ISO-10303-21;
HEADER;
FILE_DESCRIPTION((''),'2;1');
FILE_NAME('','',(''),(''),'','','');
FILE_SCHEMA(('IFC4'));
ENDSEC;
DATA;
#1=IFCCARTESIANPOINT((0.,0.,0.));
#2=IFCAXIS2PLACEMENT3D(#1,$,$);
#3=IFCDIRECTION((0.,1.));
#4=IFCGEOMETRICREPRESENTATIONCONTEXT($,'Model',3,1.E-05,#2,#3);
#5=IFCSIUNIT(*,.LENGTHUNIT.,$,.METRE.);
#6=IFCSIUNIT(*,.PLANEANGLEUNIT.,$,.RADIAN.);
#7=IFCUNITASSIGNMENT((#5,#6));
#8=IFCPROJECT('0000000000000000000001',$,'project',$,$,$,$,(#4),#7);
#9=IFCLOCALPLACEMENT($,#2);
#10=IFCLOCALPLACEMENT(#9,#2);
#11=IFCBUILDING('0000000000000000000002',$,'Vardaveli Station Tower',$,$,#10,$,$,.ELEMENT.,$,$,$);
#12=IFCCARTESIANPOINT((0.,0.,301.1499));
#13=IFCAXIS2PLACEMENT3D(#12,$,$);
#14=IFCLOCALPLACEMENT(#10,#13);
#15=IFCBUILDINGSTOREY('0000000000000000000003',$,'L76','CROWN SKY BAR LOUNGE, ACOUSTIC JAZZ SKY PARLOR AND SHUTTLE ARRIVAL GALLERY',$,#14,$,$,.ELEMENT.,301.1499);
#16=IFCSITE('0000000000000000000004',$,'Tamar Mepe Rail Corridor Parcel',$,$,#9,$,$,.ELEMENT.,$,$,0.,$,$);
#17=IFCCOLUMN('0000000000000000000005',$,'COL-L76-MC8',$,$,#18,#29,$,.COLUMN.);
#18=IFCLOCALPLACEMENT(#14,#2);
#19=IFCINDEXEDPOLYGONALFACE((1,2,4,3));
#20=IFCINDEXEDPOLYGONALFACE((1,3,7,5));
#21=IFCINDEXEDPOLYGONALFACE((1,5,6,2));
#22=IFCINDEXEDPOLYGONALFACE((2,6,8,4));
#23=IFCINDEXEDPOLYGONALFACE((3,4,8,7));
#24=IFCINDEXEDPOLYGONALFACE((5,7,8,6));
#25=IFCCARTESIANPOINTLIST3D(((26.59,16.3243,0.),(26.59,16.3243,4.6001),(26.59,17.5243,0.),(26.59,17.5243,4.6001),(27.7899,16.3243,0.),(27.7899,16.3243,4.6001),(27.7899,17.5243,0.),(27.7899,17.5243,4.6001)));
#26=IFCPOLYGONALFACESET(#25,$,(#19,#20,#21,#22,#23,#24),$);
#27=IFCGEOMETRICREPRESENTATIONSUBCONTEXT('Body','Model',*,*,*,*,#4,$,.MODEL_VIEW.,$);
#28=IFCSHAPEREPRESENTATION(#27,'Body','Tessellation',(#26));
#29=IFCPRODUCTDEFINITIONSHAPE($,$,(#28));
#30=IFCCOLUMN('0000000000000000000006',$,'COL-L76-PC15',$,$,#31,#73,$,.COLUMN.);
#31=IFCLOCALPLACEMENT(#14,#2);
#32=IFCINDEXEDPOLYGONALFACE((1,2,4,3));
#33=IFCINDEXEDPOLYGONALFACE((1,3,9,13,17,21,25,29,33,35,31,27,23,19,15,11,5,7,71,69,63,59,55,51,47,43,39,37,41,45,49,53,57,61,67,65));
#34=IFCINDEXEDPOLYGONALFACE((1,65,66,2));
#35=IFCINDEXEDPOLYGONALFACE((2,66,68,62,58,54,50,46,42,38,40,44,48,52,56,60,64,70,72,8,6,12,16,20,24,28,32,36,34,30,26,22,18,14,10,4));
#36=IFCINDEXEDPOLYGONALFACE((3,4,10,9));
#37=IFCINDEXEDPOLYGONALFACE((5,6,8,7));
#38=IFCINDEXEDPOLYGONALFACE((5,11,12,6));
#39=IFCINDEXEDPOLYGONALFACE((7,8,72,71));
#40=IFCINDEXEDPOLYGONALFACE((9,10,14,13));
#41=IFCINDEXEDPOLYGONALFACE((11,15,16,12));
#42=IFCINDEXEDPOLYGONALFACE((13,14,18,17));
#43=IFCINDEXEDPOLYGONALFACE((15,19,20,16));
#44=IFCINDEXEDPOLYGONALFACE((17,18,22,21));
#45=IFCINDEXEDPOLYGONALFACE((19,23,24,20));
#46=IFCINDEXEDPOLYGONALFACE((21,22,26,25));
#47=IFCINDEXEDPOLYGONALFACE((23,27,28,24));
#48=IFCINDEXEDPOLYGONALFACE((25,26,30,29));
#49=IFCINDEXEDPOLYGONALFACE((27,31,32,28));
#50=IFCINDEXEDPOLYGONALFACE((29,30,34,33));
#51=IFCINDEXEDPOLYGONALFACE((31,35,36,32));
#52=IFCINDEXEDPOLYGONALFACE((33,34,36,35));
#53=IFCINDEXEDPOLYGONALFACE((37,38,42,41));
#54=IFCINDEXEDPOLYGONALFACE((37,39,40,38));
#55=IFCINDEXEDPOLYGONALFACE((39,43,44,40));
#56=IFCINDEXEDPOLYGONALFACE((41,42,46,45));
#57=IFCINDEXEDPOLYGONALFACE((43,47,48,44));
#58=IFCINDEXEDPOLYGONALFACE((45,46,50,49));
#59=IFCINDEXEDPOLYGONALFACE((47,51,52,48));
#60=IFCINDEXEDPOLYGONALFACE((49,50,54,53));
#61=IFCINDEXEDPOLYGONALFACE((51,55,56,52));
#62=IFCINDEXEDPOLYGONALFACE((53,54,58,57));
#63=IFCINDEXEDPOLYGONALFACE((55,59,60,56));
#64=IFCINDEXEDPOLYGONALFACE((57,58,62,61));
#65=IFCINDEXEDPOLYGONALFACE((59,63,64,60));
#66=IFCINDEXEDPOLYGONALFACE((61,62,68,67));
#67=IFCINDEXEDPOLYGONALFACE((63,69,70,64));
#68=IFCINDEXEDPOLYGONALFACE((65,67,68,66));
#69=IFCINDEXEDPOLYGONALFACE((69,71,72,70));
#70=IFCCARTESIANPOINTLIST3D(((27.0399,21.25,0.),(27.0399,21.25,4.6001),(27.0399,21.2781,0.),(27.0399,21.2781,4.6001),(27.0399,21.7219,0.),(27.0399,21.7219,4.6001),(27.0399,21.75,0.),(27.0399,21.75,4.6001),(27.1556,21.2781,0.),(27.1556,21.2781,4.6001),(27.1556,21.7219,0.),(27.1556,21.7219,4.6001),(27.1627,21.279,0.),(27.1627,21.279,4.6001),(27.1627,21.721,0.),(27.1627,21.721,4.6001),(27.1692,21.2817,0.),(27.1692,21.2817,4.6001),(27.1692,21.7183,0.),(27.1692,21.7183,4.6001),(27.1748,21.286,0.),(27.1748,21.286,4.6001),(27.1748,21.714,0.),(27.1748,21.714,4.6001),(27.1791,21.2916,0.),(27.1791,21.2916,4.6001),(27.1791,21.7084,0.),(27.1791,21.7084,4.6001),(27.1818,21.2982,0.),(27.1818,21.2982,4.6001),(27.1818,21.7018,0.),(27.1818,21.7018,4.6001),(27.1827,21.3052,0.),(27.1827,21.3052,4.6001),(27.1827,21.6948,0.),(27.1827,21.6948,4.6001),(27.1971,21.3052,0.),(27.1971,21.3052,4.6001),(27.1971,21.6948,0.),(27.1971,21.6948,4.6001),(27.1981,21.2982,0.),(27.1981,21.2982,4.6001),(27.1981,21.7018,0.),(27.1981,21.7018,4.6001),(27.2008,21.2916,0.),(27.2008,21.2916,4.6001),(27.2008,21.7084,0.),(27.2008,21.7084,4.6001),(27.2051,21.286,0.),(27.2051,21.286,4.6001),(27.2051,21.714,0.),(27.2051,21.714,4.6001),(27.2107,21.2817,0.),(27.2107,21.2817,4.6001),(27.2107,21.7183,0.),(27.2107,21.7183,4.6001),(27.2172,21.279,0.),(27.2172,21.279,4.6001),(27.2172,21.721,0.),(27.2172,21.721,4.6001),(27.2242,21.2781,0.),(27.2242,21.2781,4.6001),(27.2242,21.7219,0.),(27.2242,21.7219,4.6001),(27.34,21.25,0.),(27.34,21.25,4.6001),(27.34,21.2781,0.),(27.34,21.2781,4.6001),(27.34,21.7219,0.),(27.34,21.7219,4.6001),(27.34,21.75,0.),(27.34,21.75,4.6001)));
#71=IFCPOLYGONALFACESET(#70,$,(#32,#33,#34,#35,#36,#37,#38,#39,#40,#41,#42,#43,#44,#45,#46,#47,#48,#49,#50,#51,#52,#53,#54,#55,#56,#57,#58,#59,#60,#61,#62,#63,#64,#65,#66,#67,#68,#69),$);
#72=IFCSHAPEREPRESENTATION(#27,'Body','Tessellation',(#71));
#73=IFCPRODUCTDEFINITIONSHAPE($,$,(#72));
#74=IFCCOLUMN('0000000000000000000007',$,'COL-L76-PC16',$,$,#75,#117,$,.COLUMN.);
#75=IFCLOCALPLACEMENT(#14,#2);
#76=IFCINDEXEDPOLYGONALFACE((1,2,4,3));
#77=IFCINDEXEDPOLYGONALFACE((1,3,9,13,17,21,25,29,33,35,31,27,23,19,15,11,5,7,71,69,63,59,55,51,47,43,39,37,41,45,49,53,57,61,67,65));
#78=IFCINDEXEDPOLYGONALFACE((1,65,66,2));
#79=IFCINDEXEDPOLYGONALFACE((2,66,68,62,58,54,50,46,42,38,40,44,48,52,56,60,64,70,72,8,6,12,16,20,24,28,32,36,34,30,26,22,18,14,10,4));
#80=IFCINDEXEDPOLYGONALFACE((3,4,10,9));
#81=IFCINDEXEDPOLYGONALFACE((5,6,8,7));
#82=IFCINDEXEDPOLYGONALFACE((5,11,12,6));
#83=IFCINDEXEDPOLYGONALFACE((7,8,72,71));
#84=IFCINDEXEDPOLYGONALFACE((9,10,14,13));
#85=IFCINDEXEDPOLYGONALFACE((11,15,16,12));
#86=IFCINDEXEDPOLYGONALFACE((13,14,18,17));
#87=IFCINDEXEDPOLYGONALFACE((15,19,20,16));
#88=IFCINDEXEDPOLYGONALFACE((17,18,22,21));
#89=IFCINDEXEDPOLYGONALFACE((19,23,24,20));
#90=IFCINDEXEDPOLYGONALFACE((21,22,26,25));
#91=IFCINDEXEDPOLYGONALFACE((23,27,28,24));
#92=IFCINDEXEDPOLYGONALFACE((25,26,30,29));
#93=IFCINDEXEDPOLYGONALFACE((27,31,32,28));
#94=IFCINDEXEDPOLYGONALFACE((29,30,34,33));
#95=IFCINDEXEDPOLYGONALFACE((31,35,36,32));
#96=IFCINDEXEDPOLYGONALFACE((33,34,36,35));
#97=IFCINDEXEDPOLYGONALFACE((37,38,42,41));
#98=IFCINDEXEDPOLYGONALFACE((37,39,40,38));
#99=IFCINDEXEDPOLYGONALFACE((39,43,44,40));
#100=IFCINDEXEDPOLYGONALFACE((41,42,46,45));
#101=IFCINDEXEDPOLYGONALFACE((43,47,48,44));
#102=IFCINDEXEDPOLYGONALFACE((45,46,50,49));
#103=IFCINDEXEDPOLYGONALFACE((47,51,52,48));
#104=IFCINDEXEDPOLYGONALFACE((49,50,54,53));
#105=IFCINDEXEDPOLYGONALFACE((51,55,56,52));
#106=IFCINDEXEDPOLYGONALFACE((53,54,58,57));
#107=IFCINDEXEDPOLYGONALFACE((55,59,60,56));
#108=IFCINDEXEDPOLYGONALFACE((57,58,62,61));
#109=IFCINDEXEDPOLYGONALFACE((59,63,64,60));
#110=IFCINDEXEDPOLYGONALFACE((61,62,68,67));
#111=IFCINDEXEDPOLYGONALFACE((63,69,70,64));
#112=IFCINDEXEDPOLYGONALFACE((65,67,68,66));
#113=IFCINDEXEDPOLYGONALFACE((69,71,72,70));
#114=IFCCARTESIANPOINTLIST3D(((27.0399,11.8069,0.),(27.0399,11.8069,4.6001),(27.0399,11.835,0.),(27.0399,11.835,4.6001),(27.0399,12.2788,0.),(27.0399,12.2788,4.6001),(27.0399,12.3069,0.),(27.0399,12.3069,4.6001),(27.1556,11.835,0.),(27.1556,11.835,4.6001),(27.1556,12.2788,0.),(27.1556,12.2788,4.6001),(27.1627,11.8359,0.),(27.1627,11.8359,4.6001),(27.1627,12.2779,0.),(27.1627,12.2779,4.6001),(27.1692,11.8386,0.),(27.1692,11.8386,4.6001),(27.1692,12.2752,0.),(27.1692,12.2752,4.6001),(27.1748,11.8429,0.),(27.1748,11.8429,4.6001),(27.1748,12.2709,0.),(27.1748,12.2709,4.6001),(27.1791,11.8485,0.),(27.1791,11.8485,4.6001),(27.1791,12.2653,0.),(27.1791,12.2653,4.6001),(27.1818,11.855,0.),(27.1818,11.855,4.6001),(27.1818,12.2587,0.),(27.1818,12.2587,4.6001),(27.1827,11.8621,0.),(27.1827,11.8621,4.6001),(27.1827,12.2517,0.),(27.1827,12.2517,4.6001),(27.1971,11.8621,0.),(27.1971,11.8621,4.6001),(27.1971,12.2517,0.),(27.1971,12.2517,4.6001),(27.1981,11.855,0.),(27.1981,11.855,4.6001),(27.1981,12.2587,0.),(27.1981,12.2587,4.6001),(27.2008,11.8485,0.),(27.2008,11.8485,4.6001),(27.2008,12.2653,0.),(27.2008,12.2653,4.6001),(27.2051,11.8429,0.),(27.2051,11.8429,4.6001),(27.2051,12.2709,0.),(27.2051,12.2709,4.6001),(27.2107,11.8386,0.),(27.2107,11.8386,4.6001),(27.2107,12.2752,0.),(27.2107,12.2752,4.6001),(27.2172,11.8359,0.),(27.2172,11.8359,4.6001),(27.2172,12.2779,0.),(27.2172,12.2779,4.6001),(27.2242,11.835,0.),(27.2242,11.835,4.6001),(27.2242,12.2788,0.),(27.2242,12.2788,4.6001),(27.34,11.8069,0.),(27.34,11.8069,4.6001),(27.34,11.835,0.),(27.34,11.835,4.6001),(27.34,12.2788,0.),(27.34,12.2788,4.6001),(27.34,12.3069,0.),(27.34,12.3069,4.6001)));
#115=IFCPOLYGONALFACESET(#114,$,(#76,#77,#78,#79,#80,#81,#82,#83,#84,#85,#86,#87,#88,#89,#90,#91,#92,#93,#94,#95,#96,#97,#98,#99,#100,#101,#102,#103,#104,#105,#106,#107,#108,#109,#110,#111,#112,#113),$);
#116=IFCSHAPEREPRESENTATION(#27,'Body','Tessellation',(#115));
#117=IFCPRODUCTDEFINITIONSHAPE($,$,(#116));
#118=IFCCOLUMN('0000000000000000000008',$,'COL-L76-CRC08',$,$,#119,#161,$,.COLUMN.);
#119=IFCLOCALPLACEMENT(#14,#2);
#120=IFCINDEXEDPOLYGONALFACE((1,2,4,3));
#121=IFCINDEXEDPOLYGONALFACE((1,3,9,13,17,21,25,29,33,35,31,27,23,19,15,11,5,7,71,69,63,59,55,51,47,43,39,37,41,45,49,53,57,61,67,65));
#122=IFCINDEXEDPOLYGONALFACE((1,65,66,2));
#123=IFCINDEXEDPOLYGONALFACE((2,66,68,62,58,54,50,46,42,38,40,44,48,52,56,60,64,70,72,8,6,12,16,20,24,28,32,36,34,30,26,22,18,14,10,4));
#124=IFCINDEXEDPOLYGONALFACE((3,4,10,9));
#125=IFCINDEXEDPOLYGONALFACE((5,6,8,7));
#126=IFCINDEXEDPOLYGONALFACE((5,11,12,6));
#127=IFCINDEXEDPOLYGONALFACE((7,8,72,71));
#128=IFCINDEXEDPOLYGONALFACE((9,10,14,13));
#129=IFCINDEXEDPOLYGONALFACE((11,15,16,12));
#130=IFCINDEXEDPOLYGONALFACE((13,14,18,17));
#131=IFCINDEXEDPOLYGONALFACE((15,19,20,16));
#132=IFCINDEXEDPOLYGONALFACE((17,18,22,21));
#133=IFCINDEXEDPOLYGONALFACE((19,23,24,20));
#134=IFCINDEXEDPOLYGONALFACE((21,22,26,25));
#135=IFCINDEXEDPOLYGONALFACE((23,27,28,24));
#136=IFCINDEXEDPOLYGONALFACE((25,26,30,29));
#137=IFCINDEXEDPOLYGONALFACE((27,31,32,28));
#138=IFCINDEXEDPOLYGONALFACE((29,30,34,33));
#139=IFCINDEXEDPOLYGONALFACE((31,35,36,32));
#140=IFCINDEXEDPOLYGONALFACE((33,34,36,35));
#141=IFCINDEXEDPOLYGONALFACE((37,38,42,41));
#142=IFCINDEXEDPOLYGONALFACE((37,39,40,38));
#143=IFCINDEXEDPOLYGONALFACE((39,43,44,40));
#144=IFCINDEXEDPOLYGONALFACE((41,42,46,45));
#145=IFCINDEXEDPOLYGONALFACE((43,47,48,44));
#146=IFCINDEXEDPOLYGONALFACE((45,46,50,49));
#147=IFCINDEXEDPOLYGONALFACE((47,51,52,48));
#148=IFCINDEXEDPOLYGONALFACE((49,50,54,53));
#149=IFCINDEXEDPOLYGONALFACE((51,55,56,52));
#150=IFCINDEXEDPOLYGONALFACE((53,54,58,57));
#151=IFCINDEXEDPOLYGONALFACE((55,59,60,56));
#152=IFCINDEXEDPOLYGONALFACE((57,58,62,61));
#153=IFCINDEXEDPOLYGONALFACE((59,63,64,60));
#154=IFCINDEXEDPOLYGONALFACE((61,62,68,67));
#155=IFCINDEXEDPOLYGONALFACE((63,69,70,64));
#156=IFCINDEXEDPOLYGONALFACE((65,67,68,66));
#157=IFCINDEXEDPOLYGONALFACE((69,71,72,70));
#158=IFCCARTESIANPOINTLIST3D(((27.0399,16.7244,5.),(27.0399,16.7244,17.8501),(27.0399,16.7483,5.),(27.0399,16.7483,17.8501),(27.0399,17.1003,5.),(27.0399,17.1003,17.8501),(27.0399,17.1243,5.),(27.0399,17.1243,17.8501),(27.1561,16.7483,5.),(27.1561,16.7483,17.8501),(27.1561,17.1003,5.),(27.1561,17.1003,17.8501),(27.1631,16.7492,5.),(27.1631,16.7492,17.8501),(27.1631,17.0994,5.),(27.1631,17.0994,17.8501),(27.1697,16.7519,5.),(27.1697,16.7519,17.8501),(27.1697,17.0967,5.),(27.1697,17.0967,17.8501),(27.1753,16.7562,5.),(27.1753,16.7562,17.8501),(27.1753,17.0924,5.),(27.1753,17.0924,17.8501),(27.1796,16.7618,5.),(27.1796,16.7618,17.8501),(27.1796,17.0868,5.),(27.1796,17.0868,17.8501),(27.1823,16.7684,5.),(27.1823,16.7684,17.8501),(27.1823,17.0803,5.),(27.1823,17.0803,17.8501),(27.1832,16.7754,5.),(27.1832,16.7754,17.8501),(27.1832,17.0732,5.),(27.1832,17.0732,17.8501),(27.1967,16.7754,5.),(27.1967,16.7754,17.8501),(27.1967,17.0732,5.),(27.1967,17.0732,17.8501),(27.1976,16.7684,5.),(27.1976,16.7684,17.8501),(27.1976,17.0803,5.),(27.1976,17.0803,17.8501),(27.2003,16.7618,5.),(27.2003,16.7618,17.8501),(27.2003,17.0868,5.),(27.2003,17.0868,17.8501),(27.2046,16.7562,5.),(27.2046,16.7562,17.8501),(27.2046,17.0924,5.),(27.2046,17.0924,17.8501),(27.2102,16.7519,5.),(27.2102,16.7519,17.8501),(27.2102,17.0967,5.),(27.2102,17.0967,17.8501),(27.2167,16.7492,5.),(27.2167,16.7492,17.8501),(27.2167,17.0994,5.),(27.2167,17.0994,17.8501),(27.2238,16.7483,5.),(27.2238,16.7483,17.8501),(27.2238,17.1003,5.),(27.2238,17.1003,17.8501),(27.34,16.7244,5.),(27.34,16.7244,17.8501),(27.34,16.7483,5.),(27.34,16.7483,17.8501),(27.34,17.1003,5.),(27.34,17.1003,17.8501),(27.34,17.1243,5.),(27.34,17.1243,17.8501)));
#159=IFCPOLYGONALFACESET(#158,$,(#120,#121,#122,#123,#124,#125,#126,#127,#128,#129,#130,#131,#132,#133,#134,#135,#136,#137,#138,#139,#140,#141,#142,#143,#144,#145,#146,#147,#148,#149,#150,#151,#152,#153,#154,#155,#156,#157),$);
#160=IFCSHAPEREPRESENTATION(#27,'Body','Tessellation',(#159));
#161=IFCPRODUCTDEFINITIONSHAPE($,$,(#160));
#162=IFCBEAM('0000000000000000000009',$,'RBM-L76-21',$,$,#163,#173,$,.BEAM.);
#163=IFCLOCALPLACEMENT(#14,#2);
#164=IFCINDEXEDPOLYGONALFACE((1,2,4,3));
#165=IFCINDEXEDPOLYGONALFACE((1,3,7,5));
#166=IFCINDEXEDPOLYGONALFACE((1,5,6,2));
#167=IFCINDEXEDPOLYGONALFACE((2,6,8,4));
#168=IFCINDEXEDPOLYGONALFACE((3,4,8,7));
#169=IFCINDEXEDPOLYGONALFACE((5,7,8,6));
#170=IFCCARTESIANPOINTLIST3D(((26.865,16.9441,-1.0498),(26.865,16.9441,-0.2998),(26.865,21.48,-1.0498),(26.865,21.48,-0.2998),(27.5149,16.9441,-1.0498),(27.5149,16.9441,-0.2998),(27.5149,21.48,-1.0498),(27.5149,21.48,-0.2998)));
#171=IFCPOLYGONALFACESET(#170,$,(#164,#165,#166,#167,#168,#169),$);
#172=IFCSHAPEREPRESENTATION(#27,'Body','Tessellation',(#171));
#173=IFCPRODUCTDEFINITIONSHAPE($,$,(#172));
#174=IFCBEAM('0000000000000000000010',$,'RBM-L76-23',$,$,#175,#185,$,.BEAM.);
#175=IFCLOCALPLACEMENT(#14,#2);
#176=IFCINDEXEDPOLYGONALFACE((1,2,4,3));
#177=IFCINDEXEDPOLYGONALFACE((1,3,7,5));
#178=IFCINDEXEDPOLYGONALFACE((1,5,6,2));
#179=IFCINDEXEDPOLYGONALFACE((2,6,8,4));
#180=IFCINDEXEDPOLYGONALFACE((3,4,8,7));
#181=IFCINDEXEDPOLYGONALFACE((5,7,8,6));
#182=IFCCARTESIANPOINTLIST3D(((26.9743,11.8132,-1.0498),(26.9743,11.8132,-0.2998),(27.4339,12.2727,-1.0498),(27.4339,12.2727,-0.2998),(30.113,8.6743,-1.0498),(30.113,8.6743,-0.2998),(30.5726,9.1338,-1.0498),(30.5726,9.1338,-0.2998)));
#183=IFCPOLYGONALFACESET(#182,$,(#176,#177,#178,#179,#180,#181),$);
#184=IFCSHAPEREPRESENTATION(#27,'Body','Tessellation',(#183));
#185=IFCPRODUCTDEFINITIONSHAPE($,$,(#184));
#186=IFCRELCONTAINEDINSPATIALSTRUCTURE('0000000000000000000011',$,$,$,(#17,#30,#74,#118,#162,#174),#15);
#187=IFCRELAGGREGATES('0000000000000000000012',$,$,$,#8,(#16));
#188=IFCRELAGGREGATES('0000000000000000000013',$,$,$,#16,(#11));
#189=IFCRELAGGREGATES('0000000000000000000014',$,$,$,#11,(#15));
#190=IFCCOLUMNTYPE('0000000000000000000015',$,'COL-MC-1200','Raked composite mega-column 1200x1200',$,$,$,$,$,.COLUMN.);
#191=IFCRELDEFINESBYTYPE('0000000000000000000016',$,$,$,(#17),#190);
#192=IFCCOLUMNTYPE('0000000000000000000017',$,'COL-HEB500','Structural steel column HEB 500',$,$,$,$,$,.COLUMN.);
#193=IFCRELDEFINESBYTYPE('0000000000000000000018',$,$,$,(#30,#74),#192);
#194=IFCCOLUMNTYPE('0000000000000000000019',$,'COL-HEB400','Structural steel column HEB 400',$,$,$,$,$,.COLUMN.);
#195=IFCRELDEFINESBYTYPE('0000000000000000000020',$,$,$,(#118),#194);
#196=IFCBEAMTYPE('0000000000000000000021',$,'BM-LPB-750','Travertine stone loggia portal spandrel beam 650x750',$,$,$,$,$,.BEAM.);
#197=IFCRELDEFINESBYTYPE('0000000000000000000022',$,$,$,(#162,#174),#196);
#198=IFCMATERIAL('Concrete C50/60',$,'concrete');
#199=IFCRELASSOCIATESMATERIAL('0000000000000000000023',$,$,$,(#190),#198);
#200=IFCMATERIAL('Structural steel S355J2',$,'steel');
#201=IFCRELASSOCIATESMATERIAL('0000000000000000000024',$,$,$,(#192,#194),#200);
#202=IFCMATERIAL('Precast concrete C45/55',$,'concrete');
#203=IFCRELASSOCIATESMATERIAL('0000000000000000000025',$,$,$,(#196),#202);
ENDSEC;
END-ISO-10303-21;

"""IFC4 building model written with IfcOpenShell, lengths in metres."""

from ifc_helpers import new_model, si_unit, direction, frame, origin, origin_2d, place, context, subcontext, project, spatial, rectangle, i_section, extrude, source, transform, mapped, material, material_profile, profile_set, type_object, element, save


model = new_model("IFC4")

# Units and contexts
model_context = context("Model", 3, precision=1e-05, world=origin(), true_north=direction((0.0, 1.0)))
body_context = subcontext(model_context, "Body", "Model", "MODEL_VIEW")
ifc_project = project(units=[si_unit("LENGTHUNIT", "METRE"), si_unit("PLANEANGLEUNIT", "RADIAN")], contexts=[model_context])

# Site, building, storey
site_placement = place(None, origin())
site = spatial("IfcSite", under=ifc_project, at=site_placement, Name="Tamar Mepe Rail Corridor Parcel", CompositionType="ELEMENT", RefElevation=0.0)
building_placement = place(site_placement, origin())
building = spatial("IfcBuilding", under=site, at=building_placement, Name="Vardaveli Station Tower", CompositionType="ELEMENT")
storey_placement = place(building_placement, frame((0.0, 0.0, 301.1499)))
storey = spatial("IfcBuildingStorey", under=building, at=storey_placement, Name="L76", Description="CROWN SKY BAR LOUNGE, ACOUSTIC JAZZ SKY PARLOR AND SHUTTLE ARRIVAL GALLERY", CompositionType="ELEMENT", Elevation=301.1499)

# Columns
ifc_material_1 = material(Name="Concrete C50/60", Category="concrete")
ifc_material_profile_1 = material_profile(ifc_material_1, rectangle(XDim=1.2, YDim=1.2, at=origin_2d()), Name="MC 1200x1200")
ifc_profile_set_1 = profile_set([ifc_material_profile_1], Name="Concrete C50/60")
column_type_1 = type_object("IfcColumnType", Name="COL-MC-1200", Description="Raked composite mega-column 1200x1200", PredefinedType="COLUMN", material=ifc_profile_set_1)
shared_shape_1 = source(origin(), body_context, "Body", "SweptSolid", [
    extrude(rectangle(XDim=1.2, YDim=1.2, at=origin_2d()), origin(), (0.0, 0.0, 1.0), 4.6001),
])
column_1_placement = place(storey_placement, frame((27.1899, 16.9243, 0.0), z_axis=(0.0, 0.0, 1.0), x_axis=(1.0, 0.0, 0.0)))
element("IfcColumn", 1, at=column_1_placement, inside=storey, type_object=column_type_1, Name="COL-L76-MC8", PredefinedType="COLUMN", context=body_context, shape_type="MappedRepresentation", body=[
    mapped(shared_shape_1, transform((0.0, 0.0, 0.0), scale=1.0)),
])
ifc_material_2 = material(Name="Structural steel S355J2", Category="steel")
ifc_material_profile_2 = material_profile(ifc_material_2, i_section(OverallWidth=0.3, OverallDepth=0.5, WebThickness=0.0144, FlangeThickness=0.0281, FilletRadius=0.0271, at=origin_2d()), Name="HEB 500")
ifc_profile_set_2 = profile_set([ifc_material_profile_2], Name="Structural steel S355J2")
column_type_2 = type_object("IfcColumnType", Name="COL-HEB500", Description="Structural steel column HEB 500", PredefinedType="COLUMN", material=ifc_profile_set_2)
shared_shape_2 = source(origin(), body_context, "Body", "SweptSolid", [
    extrude(i_section(OverallWidth=0.3, OverallDepth=0.5, WebThickness=0.0144, FlangeThickness=0.0281, FilletRadius=0.0271, at=origin_2d()), origin(), (0.0, 0.0, 1.0), 4.6001),
])
for number, where, z_axis, x_axis, name in (
    (2, (27.1899, 21.5, 0.0), (0.0, 0.0, 1.0), (1.0, 0.0, 0.0), "COL-L76-PC15"),
    (3, (27.1899, 12.0569, 0.0), (0.0, 0.0, 1.0), (1.0, 0.0, 0.0), "COL-L76-PC16"),
):
    element("IfcColumn", number, at=place(storey_placement, frame(where, z_axis=z_axis, x_axis=x_axis)), inside=storey, type_object=column_type_2, Name=name, PredefinedType="COLUMN", context=body_context, shape_type="MappedRepresentation", body=[
        mapped(shared_shape_2, transform((0.0, 0.0, 0.0), scale=1.0)),
    ])
ifc_material_profile_3 = material_profile(ifc_material_2, i_section(OverallWidth=0.3, OverallDepth=0.3999, WebThickness=0.0134, FlangeThickness=0.0239, FilletRadius=0.0271, at=origin_2d()), Name="HEB 400")
ifc_profile_set_3 = profile_set([ifc_material_profile_3], Name="Structural steel S355J2")
column_type_3 = type_object("IfcColumnType", Name="COL-HEB400", Description="Structural steel column HEB 400", PredefinedType="COLUMN", material=ifc_profile_set_3)
shared_shape_3 = source(origin(), body_context, "Body", "SweptSolid", [
    extrude(i_section(OverallWidth=0.3, OverallDepth=0.3999, WebThickness=0.0134, FlangeThickness=0.0239, FilletRadius=0.0271, at=origin_2d()), origin(), (0.0, 0.0, 1.0), 12.8501),
])
column_2_placement = place(storey_placement, frame((27.1899, 16.9243, 5.0), z_axis=(0.0, 0.0, 1.0), x_axis=(1.0, 0.0, 0.0)))
element("IfcColumn", 4, at=column_2_placement, inside=storey, type_object=column_type_3, Name="COL-L76-CRC08", PredefinedType="COLUMN", context=body_context, shape_type="MappedRepresentation", body=[
    mapped(shared_shape_3, transform((0.0, 0.0, 0.0), scale=1.0)),
])

# Beams
ifc_material_3 = material(Name="Precast concrete C45/55", Category="concrete")
ifc_material_profile_4 = material_profile(ifc_material_3, rectangle(XDim=0.6499, YDim=0.75, at=origin_2d()), Name="LPB 650x750")
ifc_profile_set_4 = profile_set([ifc_material_profile_4], Name="Precast concrete C45/55")
beam_type_1 = type_object("IfcBeamType", Name="BM-LPB-750", Description="Travertine stone loggia portal spandrel beam 650x750", PredefinedType="BEAM", material=ifc_profile_set_4)
shared_shape_4 = source(origin(), body_context, "Body", "SweptSolid", [
    extrude(rectangle(XDim=0.6499, YDim=0.75, at=origin_2d()), origin(), (0.0, 0.0, 1.0), 4.5359),
])
beam_1_placement = place(storey_placement, frame((27.1899, 21.48, -0.6748), z_axis=(0.0, -1.0, 0.0), x_axis=(1.0, 0.0, 0.0)))
element("IfcBeam", 5, at=beam_1_placement, inside=storey, type_object=beam_type_1, Name="RBM-L76-21", PredefinedType="BEAM", context=body_context, shape_type="MappedRepresentation", body=[
    mapped(shared_shape_4, transform((0.0, 0.0, 0.0), scale=1.0)),
])
shared_shape_5 = source(origin(), body_context, "Body", "SweptSolid", [
    extrude(rectangle(XDim=0.6499, YDim=0.75, at=origin_2d()), origin(), (0.0, 0.0, 1.0), 4.439),
])
beam_2_placement = place(storey_placement, frame((27.2041, 12.043, -0.6748), z_axis=(0.707079, -0.707134, 0.0), x_axis=(0.707134, 0.707079, 0.0)))
element("IfcBeam", 6, at=beam_2_placement, inside=storey, type_object=beam_type_1, Name="RBM-L76-23", PredefinedType="BEAM", context=body_context, shape_type="MappedRepresentation", body=[
    mapped(shared_shape_5, transform((0.0, 0.0, 0.0), scale=1.0)),
])

save(model, "model.ifc")
